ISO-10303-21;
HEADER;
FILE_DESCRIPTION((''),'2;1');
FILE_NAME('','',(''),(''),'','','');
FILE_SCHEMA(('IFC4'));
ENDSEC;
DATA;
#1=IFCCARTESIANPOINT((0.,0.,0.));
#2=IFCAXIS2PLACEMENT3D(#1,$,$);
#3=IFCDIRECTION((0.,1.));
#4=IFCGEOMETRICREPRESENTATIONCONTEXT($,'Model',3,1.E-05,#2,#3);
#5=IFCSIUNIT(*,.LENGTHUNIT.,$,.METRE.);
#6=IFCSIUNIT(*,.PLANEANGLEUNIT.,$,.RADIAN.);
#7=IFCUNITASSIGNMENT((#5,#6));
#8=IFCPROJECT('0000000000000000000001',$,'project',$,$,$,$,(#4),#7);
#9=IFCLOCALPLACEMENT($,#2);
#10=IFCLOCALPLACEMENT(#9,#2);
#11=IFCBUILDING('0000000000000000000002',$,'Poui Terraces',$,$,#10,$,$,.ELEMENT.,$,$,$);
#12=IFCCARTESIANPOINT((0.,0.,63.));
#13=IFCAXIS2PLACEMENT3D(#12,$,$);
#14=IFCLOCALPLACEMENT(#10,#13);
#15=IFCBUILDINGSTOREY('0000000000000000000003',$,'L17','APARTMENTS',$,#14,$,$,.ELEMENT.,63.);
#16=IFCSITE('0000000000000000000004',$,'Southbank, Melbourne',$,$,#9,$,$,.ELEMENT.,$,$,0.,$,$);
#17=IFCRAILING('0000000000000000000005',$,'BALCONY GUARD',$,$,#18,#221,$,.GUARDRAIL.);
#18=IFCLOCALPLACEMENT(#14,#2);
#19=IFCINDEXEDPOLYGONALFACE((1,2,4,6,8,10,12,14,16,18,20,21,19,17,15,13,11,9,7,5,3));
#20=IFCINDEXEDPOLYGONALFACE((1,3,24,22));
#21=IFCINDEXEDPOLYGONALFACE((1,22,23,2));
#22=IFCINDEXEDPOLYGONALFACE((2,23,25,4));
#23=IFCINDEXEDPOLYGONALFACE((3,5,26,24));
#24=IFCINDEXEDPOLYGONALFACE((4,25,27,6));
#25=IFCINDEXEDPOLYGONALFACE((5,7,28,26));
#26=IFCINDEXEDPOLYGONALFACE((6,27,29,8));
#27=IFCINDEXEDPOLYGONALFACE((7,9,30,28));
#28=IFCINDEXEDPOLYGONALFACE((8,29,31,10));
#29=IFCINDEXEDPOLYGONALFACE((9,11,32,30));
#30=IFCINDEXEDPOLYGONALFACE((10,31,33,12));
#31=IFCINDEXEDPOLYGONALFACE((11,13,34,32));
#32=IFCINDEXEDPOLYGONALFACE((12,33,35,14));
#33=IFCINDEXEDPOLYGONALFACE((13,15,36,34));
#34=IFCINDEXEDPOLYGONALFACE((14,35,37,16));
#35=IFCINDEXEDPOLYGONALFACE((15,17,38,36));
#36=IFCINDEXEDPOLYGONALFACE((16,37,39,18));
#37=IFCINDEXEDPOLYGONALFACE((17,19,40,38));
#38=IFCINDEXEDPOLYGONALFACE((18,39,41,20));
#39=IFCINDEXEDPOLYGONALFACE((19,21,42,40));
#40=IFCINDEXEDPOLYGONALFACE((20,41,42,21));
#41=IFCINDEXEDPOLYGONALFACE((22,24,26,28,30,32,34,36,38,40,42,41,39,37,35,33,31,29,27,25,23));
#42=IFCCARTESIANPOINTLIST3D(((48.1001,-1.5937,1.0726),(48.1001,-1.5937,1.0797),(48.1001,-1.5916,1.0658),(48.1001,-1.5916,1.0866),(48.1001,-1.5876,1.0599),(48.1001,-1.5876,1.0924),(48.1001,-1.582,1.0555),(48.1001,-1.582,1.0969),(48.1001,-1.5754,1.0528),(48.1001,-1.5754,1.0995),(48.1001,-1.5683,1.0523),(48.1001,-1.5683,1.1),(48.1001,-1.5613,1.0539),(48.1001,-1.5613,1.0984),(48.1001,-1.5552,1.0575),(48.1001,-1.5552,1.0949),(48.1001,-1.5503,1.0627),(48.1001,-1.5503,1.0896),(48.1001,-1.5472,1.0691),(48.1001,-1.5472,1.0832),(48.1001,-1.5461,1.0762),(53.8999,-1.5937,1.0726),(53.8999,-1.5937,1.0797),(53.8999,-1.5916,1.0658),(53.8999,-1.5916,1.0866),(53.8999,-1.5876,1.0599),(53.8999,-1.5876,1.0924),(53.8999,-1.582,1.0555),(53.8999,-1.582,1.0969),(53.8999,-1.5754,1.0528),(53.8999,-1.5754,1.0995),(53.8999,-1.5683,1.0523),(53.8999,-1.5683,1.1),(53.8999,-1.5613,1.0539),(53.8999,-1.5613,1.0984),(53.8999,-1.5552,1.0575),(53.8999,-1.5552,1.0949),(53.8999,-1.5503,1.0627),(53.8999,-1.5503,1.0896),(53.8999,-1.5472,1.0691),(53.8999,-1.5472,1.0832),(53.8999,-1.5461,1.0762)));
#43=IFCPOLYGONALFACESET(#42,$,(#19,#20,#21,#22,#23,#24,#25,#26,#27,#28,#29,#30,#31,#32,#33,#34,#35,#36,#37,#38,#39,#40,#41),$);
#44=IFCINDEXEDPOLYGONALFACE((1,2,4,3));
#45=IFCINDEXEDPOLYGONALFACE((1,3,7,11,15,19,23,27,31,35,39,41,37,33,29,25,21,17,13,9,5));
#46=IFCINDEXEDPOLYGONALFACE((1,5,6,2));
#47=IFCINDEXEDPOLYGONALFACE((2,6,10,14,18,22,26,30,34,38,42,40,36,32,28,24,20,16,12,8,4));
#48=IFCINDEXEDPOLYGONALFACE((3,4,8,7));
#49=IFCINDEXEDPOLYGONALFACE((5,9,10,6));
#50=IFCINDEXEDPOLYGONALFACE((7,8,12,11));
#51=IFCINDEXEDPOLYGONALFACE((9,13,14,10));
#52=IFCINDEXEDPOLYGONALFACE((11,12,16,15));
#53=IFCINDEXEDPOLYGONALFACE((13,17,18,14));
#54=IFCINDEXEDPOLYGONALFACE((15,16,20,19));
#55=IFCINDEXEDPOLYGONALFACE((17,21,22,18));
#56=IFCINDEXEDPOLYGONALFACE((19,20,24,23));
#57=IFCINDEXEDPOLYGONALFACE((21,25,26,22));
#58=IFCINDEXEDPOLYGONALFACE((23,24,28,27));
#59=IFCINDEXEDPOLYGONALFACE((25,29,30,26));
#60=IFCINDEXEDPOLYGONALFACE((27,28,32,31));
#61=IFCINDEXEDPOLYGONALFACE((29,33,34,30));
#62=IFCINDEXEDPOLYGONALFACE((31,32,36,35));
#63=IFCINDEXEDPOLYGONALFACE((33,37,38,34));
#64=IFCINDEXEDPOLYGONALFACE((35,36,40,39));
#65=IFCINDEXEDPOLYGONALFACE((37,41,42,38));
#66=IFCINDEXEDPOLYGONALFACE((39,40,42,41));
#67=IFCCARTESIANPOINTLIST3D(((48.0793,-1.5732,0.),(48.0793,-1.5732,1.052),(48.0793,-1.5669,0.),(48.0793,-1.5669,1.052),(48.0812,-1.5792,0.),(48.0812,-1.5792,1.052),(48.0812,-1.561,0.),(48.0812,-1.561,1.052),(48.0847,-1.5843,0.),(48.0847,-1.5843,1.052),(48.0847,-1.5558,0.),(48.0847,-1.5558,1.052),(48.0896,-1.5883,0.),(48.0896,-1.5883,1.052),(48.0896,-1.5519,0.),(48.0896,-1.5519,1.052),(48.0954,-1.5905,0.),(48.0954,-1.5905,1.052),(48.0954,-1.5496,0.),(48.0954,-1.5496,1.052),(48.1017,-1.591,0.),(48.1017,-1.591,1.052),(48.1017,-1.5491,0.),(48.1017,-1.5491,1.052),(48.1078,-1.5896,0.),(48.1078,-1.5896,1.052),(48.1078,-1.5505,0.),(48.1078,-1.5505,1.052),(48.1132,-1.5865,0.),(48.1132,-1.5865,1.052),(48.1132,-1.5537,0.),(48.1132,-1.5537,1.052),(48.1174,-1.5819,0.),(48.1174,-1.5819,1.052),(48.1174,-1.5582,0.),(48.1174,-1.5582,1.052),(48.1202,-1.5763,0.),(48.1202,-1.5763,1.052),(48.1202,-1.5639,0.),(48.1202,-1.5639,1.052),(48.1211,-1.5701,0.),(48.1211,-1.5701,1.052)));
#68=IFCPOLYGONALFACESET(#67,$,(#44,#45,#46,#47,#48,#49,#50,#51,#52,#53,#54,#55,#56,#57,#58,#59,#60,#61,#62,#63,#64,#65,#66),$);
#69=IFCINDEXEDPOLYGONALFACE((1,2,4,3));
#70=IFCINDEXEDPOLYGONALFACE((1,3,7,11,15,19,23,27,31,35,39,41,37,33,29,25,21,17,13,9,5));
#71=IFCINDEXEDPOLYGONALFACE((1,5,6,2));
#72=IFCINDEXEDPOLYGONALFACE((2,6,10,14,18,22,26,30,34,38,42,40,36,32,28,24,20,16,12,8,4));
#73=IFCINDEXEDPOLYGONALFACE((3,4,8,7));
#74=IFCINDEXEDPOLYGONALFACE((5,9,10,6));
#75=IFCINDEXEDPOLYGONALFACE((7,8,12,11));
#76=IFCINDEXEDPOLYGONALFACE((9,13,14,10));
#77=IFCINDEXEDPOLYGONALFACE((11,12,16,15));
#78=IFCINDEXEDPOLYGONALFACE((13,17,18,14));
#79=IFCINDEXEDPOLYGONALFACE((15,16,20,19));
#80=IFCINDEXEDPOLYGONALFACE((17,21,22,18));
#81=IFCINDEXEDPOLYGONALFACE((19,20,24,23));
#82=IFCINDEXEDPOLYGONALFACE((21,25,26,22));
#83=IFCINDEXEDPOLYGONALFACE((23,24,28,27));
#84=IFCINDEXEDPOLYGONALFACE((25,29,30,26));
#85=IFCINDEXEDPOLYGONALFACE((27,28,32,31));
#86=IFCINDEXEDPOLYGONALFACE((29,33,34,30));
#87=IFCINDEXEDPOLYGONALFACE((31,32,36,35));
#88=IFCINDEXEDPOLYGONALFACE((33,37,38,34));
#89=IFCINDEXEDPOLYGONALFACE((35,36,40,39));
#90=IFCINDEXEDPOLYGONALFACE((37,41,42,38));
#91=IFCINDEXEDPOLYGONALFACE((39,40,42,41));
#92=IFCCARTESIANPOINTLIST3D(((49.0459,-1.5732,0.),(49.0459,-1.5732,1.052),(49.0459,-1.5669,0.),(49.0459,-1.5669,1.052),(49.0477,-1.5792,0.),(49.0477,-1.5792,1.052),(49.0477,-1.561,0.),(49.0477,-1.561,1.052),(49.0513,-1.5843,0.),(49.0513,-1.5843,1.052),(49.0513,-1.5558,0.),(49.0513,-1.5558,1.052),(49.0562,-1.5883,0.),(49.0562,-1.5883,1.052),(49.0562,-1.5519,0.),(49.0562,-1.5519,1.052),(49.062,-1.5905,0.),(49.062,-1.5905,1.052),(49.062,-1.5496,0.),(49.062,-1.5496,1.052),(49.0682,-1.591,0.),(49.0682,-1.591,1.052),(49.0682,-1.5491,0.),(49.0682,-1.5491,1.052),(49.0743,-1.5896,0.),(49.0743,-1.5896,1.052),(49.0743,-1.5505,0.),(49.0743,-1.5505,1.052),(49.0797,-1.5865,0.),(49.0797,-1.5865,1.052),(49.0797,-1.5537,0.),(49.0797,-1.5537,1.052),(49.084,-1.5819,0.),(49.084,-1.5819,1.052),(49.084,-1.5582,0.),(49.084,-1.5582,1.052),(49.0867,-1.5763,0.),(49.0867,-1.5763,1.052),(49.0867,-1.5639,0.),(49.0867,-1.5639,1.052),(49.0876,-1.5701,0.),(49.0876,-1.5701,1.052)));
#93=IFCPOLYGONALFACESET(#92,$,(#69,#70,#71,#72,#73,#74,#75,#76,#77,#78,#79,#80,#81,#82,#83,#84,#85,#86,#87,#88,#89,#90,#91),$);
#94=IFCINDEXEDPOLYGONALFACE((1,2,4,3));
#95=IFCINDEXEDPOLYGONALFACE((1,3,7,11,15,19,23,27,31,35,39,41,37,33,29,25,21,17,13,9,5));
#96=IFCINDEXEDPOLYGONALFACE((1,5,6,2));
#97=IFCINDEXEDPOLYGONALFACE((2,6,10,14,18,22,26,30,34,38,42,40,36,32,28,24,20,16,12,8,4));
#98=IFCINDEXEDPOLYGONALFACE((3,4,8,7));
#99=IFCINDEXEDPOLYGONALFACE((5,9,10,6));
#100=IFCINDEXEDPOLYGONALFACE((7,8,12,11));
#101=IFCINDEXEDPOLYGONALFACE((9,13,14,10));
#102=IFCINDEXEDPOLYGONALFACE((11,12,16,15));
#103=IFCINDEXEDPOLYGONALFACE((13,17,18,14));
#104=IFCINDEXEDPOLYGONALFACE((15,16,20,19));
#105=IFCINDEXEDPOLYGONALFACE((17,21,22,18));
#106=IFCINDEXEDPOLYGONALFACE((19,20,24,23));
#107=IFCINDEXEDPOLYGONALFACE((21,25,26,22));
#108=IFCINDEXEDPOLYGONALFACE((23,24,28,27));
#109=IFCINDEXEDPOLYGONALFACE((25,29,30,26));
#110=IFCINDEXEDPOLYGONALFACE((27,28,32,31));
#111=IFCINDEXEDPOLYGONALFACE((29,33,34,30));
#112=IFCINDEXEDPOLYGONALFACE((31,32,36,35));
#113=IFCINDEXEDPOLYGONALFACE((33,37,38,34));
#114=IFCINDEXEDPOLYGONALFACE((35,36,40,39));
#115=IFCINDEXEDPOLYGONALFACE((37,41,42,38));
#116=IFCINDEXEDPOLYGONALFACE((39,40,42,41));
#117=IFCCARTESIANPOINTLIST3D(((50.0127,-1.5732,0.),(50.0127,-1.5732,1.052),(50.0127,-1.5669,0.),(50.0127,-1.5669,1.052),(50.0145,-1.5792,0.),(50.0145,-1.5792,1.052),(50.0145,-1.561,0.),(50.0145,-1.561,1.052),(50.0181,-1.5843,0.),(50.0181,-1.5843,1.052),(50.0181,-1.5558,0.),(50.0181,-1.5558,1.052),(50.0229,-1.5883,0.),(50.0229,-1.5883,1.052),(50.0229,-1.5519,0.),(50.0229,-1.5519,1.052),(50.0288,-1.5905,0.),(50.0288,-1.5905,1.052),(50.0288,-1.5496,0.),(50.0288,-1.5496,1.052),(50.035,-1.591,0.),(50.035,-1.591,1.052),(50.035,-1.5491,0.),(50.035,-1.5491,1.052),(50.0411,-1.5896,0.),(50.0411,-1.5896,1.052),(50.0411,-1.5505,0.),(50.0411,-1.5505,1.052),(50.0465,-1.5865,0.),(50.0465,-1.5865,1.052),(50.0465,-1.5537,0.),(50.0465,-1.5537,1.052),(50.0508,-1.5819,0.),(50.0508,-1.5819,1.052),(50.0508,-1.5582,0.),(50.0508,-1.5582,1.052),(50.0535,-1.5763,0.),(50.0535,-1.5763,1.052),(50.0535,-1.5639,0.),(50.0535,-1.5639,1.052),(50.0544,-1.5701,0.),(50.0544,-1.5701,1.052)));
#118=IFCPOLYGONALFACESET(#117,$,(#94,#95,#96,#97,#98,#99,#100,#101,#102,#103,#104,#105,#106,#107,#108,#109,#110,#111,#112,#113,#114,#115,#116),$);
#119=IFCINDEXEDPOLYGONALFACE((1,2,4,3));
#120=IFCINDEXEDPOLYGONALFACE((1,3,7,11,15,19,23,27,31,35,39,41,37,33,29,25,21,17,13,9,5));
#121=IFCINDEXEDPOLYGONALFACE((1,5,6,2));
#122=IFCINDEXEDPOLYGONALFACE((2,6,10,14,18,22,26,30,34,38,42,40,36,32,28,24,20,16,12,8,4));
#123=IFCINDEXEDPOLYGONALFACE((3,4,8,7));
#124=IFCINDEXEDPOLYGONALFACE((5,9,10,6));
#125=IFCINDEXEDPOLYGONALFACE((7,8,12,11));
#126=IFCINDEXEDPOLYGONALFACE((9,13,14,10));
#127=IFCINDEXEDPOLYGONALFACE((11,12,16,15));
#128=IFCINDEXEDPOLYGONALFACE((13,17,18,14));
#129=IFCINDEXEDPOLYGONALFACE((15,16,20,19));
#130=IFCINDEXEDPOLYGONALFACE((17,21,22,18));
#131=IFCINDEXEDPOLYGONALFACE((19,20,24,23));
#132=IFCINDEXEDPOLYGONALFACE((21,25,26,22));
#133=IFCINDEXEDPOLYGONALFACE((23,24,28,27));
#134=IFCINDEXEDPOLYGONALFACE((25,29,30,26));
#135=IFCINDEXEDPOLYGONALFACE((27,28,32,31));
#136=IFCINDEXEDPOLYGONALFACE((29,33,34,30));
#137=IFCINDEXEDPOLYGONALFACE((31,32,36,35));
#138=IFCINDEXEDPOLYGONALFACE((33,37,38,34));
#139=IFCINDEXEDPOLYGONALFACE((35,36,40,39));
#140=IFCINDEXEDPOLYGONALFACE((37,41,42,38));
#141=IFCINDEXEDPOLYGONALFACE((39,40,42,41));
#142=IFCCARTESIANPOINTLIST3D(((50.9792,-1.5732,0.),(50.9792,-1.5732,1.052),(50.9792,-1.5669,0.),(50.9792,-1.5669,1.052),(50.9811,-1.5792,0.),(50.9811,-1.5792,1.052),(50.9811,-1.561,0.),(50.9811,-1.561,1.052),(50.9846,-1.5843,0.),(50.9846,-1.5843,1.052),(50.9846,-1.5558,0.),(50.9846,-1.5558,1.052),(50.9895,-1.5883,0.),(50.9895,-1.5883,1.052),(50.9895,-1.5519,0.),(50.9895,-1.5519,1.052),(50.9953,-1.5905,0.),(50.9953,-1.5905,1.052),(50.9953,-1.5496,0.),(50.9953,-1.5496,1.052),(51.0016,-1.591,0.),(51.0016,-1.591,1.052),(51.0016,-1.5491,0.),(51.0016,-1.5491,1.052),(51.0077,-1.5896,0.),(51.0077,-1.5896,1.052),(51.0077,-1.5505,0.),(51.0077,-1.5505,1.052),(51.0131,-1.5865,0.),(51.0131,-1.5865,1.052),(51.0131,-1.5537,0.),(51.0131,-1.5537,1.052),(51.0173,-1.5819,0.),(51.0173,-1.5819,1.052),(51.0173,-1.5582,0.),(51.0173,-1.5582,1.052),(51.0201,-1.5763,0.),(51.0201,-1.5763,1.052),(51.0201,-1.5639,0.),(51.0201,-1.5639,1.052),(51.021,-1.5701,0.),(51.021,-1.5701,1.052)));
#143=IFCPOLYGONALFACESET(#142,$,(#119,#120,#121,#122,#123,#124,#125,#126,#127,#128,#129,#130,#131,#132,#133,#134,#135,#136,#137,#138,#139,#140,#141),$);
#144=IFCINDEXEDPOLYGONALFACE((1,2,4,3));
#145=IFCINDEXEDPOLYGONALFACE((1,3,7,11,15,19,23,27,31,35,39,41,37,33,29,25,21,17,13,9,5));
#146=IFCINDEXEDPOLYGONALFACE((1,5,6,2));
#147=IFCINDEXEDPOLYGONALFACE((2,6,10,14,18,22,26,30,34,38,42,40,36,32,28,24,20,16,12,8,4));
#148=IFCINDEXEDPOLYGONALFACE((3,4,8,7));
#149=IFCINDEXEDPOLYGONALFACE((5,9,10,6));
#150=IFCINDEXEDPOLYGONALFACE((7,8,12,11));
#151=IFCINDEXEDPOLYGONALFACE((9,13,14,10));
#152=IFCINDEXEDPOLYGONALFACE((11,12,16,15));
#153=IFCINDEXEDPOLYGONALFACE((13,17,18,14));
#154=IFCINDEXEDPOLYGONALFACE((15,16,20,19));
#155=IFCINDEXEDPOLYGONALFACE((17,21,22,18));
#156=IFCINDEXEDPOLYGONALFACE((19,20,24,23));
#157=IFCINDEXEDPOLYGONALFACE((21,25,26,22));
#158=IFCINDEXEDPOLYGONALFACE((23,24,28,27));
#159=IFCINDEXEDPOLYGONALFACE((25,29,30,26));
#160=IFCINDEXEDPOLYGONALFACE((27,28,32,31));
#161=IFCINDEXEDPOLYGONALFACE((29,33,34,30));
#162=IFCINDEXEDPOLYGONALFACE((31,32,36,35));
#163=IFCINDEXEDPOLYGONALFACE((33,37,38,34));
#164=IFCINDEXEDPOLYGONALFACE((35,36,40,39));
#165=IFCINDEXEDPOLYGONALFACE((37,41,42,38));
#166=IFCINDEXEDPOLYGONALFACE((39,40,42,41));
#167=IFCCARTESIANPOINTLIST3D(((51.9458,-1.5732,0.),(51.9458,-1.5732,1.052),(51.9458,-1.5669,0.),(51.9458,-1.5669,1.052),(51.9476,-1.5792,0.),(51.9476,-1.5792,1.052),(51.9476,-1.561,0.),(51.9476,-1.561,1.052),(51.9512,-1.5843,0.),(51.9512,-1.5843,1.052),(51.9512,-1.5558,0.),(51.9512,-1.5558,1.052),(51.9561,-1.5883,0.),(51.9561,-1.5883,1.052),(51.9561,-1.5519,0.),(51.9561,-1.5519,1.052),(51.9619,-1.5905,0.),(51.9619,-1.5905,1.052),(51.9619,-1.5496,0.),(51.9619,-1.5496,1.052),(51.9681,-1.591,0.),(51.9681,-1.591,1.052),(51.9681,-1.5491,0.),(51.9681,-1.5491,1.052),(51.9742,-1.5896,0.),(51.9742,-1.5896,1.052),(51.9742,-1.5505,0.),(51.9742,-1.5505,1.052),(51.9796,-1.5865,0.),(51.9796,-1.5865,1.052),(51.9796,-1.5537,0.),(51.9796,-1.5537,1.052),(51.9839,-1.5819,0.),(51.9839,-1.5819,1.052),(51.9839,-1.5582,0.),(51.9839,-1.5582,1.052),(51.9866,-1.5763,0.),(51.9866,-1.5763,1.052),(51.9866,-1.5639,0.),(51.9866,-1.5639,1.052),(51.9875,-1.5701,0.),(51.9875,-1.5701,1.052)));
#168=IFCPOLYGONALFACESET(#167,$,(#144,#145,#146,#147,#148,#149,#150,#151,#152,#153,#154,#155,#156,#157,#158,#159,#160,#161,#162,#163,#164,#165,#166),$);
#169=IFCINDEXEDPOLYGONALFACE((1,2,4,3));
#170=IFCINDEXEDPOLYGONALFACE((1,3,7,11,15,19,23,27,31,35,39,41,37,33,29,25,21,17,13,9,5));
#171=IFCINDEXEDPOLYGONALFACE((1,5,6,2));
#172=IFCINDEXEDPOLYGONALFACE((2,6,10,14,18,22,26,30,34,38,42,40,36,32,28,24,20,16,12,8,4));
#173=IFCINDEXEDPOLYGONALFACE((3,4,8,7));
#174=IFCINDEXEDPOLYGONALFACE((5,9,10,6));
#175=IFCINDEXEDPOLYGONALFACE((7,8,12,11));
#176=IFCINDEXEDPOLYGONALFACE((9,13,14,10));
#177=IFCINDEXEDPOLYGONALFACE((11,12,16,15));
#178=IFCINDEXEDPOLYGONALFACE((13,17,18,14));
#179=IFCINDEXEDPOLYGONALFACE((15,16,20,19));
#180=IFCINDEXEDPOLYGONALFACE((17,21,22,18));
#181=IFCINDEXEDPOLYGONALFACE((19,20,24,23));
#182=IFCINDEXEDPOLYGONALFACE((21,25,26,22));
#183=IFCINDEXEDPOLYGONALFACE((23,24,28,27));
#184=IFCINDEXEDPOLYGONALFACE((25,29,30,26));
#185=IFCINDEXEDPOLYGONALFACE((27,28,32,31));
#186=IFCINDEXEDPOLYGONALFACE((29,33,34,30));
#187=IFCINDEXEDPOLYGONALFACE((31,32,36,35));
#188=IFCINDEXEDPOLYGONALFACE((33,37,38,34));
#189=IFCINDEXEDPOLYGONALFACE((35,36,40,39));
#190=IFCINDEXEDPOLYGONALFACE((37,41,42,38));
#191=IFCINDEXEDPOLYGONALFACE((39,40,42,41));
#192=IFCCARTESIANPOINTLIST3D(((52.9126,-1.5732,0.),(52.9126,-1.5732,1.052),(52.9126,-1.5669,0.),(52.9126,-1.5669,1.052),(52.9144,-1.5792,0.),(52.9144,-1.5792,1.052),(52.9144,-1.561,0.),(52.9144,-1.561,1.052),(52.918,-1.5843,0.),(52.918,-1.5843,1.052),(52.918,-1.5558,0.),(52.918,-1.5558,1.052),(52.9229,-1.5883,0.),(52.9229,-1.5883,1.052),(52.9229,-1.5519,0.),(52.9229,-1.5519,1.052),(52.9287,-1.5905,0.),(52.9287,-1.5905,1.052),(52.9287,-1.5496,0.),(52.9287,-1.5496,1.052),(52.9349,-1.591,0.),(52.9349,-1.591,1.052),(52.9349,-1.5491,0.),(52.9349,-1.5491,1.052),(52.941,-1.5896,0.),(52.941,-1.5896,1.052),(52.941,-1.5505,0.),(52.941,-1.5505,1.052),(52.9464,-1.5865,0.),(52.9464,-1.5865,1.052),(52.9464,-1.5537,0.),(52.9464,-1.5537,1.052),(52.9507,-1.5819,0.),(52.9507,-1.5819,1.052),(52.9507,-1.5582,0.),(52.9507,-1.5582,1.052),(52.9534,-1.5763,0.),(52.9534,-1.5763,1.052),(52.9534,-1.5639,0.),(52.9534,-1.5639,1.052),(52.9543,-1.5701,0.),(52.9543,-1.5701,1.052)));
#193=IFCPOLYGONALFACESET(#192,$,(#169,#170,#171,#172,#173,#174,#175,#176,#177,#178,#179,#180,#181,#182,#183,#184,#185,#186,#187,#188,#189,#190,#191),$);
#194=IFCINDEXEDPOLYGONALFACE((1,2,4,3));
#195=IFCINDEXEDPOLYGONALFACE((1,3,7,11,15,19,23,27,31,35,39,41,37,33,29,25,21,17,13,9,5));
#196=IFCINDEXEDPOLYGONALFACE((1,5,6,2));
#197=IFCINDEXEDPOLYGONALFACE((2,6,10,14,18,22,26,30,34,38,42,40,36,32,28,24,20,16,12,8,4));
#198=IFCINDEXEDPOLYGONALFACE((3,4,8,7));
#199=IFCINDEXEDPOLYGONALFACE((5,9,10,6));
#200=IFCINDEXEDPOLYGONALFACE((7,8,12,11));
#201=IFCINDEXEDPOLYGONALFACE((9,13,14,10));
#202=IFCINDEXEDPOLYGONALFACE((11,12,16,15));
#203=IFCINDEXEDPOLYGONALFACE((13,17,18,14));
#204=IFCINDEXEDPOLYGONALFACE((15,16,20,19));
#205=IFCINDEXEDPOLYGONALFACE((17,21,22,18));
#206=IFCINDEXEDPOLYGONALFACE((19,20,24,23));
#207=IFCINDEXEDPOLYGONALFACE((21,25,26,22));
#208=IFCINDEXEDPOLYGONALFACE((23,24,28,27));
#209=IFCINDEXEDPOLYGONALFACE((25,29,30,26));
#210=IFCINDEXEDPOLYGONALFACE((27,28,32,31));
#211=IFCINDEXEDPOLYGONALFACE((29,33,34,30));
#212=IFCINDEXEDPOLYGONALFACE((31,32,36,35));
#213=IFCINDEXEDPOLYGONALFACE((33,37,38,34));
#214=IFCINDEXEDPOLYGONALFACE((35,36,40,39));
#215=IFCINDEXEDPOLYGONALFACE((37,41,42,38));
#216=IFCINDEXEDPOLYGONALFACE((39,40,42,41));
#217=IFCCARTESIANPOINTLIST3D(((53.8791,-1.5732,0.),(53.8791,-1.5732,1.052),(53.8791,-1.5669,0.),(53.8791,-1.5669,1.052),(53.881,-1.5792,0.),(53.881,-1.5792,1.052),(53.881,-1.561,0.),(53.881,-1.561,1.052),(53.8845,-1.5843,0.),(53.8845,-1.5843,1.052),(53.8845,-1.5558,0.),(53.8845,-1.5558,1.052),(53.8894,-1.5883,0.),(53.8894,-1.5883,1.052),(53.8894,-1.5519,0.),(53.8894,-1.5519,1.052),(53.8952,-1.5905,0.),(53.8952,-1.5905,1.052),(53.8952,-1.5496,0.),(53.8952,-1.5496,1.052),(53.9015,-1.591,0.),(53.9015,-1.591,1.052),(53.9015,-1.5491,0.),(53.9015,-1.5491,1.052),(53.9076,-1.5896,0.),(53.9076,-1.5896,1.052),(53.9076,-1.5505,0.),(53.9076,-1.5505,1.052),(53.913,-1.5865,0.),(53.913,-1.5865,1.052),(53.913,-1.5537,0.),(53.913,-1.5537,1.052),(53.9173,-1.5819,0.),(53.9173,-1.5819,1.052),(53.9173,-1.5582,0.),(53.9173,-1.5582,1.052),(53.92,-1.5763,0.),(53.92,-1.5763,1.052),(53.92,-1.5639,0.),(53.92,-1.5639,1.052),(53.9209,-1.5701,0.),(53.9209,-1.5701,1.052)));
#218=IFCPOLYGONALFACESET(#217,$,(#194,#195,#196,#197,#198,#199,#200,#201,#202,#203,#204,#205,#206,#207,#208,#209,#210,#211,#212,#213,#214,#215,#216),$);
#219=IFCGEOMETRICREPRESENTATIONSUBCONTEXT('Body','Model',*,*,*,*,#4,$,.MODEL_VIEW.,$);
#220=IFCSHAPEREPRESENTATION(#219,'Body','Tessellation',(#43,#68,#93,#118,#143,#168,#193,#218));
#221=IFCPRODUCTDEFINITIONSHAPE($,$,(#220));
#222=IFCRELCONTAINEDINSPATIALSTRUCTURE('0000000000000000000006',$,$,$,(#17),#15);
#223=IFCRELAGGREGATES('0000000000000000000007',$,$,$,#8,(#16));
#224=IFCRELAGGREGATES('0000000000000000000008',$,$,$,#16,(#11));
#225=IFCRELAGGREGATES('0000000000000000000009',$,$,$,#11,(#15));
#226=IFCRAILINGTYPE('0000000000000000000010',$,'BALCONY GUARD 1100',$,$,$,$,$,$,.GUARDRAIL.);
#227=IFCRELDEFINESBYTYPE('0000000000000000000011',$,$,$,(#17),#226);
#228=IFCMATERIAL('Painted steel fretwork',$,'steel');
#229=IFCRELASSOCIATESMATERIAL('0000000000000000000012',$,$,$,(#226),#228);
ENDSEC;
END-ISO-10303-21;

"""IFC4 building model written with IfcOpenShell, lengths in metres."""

from ifc_helpers import new_model, si_unit, direction, frame, origin, origin_2d, place, context, subcontext, project, spatial, circle, extrude, material, type_object, element, save


model = new_model("IFC4")

# Units and contexts
model_context = context("Model", 3, precision=1e-05, world=origin(), true_north=direction((0.0, 1.0)))
body_context = subcontext(model_context, "Body", "Model", "MODEL_VIEW")
ifc_project = project(units=[si_unit("LENGTHUNIT", "METRE"), si_unit("PLANEANGLEUNIT", "RADIAN")], contexts=[model_context])

# Site, building, storey
site_placement = place(None, origin())
site = spatial("IfcSite", under=ifc_project, at=site_placement, Name="Southbank, Melbourne", CompositionType="ELEMENT", RefElevation=0.0)
building_placement = place(site_placement, origin())
building = spatial("IfcBuilding", under=site, at=building_placement, Name="Poui Terraces", CompositionType="ELEMENT")
storey_placement = place(building_placement, frame((0.0, 0.0, 63.0)))
storey = spatial("IfcBuildingStorey", under=building, at=storey_placement, Name="L17", Description="APARTMENTS", CompositionType="ELEMENT", Elevation=63.0)

# Railing
ifc_material_1 = material(Name="Painted steel fretwork", Category="steel")
railing_type = type_object("IfcRailingType", Name="BALCONY GUARD 1100", PredefinedType="GUARDRAIL", material=ifc_material_1)
railing_placement = place(storey_placement, frame((48.1001, -1.5701, 0.0)))
element("IfcRailing", 1, at=railing_placement, inside=storey, type_object=railing_type, Name="BALCONY GUARD", PredefinedType="GUARDRAIL", context=body_context, shape_type="SweptSolid", body=[
    extrude(circle(Radius=0.0239, at=origin_2d()), frame((0.0, 0.0, 1.0762), z_axis=(1.0, 0.0, 0.0), x_axis=(0.0, 1.0, 0.0)), (0.0, 0.0, 1.0), 5.7998),
    extrude(circle(Radius=0.021, at=origin_2d()), origin(), (0.0, 0.0, 1.0), 1.052),
    extrude(circle(Radius=0.021, at=origin_2d()), frame((0.9666, 0.0, 0.0)), (0.0, 0.0, 1.0), 1.052),
    extrude(circle(Radius=0.021, at=origin_2d()), frame((1.9333, 0.0, 0.0)), (0.0, 0.0, 1.0), 1.052),
    extrude(circle(Radius=0.021, at=origin_2d()), frame((2.8999, 0.0, 0.0)), (0.0, 0.0, 1.0), 1.052),
    extrude(circle(Radius=0.021, at=origin_2d()), frame((3.8665, 0.0, 0.0)), (0.0, 0.0, 1.0), 1.052),
    extrude(circle(Radius=0.021, at=origin_2d()), frame((4.8333, 0.0, 0.0)), (0.0, 0.0, 1.0), 1.052),
    extrude(circle(Radius=0.021, at=origin_2d()), frame((5.7998, 0.0, 0.0)), (0.0, 0.0, 1.0), 1.052),
])

save(model, "model.ifc")
